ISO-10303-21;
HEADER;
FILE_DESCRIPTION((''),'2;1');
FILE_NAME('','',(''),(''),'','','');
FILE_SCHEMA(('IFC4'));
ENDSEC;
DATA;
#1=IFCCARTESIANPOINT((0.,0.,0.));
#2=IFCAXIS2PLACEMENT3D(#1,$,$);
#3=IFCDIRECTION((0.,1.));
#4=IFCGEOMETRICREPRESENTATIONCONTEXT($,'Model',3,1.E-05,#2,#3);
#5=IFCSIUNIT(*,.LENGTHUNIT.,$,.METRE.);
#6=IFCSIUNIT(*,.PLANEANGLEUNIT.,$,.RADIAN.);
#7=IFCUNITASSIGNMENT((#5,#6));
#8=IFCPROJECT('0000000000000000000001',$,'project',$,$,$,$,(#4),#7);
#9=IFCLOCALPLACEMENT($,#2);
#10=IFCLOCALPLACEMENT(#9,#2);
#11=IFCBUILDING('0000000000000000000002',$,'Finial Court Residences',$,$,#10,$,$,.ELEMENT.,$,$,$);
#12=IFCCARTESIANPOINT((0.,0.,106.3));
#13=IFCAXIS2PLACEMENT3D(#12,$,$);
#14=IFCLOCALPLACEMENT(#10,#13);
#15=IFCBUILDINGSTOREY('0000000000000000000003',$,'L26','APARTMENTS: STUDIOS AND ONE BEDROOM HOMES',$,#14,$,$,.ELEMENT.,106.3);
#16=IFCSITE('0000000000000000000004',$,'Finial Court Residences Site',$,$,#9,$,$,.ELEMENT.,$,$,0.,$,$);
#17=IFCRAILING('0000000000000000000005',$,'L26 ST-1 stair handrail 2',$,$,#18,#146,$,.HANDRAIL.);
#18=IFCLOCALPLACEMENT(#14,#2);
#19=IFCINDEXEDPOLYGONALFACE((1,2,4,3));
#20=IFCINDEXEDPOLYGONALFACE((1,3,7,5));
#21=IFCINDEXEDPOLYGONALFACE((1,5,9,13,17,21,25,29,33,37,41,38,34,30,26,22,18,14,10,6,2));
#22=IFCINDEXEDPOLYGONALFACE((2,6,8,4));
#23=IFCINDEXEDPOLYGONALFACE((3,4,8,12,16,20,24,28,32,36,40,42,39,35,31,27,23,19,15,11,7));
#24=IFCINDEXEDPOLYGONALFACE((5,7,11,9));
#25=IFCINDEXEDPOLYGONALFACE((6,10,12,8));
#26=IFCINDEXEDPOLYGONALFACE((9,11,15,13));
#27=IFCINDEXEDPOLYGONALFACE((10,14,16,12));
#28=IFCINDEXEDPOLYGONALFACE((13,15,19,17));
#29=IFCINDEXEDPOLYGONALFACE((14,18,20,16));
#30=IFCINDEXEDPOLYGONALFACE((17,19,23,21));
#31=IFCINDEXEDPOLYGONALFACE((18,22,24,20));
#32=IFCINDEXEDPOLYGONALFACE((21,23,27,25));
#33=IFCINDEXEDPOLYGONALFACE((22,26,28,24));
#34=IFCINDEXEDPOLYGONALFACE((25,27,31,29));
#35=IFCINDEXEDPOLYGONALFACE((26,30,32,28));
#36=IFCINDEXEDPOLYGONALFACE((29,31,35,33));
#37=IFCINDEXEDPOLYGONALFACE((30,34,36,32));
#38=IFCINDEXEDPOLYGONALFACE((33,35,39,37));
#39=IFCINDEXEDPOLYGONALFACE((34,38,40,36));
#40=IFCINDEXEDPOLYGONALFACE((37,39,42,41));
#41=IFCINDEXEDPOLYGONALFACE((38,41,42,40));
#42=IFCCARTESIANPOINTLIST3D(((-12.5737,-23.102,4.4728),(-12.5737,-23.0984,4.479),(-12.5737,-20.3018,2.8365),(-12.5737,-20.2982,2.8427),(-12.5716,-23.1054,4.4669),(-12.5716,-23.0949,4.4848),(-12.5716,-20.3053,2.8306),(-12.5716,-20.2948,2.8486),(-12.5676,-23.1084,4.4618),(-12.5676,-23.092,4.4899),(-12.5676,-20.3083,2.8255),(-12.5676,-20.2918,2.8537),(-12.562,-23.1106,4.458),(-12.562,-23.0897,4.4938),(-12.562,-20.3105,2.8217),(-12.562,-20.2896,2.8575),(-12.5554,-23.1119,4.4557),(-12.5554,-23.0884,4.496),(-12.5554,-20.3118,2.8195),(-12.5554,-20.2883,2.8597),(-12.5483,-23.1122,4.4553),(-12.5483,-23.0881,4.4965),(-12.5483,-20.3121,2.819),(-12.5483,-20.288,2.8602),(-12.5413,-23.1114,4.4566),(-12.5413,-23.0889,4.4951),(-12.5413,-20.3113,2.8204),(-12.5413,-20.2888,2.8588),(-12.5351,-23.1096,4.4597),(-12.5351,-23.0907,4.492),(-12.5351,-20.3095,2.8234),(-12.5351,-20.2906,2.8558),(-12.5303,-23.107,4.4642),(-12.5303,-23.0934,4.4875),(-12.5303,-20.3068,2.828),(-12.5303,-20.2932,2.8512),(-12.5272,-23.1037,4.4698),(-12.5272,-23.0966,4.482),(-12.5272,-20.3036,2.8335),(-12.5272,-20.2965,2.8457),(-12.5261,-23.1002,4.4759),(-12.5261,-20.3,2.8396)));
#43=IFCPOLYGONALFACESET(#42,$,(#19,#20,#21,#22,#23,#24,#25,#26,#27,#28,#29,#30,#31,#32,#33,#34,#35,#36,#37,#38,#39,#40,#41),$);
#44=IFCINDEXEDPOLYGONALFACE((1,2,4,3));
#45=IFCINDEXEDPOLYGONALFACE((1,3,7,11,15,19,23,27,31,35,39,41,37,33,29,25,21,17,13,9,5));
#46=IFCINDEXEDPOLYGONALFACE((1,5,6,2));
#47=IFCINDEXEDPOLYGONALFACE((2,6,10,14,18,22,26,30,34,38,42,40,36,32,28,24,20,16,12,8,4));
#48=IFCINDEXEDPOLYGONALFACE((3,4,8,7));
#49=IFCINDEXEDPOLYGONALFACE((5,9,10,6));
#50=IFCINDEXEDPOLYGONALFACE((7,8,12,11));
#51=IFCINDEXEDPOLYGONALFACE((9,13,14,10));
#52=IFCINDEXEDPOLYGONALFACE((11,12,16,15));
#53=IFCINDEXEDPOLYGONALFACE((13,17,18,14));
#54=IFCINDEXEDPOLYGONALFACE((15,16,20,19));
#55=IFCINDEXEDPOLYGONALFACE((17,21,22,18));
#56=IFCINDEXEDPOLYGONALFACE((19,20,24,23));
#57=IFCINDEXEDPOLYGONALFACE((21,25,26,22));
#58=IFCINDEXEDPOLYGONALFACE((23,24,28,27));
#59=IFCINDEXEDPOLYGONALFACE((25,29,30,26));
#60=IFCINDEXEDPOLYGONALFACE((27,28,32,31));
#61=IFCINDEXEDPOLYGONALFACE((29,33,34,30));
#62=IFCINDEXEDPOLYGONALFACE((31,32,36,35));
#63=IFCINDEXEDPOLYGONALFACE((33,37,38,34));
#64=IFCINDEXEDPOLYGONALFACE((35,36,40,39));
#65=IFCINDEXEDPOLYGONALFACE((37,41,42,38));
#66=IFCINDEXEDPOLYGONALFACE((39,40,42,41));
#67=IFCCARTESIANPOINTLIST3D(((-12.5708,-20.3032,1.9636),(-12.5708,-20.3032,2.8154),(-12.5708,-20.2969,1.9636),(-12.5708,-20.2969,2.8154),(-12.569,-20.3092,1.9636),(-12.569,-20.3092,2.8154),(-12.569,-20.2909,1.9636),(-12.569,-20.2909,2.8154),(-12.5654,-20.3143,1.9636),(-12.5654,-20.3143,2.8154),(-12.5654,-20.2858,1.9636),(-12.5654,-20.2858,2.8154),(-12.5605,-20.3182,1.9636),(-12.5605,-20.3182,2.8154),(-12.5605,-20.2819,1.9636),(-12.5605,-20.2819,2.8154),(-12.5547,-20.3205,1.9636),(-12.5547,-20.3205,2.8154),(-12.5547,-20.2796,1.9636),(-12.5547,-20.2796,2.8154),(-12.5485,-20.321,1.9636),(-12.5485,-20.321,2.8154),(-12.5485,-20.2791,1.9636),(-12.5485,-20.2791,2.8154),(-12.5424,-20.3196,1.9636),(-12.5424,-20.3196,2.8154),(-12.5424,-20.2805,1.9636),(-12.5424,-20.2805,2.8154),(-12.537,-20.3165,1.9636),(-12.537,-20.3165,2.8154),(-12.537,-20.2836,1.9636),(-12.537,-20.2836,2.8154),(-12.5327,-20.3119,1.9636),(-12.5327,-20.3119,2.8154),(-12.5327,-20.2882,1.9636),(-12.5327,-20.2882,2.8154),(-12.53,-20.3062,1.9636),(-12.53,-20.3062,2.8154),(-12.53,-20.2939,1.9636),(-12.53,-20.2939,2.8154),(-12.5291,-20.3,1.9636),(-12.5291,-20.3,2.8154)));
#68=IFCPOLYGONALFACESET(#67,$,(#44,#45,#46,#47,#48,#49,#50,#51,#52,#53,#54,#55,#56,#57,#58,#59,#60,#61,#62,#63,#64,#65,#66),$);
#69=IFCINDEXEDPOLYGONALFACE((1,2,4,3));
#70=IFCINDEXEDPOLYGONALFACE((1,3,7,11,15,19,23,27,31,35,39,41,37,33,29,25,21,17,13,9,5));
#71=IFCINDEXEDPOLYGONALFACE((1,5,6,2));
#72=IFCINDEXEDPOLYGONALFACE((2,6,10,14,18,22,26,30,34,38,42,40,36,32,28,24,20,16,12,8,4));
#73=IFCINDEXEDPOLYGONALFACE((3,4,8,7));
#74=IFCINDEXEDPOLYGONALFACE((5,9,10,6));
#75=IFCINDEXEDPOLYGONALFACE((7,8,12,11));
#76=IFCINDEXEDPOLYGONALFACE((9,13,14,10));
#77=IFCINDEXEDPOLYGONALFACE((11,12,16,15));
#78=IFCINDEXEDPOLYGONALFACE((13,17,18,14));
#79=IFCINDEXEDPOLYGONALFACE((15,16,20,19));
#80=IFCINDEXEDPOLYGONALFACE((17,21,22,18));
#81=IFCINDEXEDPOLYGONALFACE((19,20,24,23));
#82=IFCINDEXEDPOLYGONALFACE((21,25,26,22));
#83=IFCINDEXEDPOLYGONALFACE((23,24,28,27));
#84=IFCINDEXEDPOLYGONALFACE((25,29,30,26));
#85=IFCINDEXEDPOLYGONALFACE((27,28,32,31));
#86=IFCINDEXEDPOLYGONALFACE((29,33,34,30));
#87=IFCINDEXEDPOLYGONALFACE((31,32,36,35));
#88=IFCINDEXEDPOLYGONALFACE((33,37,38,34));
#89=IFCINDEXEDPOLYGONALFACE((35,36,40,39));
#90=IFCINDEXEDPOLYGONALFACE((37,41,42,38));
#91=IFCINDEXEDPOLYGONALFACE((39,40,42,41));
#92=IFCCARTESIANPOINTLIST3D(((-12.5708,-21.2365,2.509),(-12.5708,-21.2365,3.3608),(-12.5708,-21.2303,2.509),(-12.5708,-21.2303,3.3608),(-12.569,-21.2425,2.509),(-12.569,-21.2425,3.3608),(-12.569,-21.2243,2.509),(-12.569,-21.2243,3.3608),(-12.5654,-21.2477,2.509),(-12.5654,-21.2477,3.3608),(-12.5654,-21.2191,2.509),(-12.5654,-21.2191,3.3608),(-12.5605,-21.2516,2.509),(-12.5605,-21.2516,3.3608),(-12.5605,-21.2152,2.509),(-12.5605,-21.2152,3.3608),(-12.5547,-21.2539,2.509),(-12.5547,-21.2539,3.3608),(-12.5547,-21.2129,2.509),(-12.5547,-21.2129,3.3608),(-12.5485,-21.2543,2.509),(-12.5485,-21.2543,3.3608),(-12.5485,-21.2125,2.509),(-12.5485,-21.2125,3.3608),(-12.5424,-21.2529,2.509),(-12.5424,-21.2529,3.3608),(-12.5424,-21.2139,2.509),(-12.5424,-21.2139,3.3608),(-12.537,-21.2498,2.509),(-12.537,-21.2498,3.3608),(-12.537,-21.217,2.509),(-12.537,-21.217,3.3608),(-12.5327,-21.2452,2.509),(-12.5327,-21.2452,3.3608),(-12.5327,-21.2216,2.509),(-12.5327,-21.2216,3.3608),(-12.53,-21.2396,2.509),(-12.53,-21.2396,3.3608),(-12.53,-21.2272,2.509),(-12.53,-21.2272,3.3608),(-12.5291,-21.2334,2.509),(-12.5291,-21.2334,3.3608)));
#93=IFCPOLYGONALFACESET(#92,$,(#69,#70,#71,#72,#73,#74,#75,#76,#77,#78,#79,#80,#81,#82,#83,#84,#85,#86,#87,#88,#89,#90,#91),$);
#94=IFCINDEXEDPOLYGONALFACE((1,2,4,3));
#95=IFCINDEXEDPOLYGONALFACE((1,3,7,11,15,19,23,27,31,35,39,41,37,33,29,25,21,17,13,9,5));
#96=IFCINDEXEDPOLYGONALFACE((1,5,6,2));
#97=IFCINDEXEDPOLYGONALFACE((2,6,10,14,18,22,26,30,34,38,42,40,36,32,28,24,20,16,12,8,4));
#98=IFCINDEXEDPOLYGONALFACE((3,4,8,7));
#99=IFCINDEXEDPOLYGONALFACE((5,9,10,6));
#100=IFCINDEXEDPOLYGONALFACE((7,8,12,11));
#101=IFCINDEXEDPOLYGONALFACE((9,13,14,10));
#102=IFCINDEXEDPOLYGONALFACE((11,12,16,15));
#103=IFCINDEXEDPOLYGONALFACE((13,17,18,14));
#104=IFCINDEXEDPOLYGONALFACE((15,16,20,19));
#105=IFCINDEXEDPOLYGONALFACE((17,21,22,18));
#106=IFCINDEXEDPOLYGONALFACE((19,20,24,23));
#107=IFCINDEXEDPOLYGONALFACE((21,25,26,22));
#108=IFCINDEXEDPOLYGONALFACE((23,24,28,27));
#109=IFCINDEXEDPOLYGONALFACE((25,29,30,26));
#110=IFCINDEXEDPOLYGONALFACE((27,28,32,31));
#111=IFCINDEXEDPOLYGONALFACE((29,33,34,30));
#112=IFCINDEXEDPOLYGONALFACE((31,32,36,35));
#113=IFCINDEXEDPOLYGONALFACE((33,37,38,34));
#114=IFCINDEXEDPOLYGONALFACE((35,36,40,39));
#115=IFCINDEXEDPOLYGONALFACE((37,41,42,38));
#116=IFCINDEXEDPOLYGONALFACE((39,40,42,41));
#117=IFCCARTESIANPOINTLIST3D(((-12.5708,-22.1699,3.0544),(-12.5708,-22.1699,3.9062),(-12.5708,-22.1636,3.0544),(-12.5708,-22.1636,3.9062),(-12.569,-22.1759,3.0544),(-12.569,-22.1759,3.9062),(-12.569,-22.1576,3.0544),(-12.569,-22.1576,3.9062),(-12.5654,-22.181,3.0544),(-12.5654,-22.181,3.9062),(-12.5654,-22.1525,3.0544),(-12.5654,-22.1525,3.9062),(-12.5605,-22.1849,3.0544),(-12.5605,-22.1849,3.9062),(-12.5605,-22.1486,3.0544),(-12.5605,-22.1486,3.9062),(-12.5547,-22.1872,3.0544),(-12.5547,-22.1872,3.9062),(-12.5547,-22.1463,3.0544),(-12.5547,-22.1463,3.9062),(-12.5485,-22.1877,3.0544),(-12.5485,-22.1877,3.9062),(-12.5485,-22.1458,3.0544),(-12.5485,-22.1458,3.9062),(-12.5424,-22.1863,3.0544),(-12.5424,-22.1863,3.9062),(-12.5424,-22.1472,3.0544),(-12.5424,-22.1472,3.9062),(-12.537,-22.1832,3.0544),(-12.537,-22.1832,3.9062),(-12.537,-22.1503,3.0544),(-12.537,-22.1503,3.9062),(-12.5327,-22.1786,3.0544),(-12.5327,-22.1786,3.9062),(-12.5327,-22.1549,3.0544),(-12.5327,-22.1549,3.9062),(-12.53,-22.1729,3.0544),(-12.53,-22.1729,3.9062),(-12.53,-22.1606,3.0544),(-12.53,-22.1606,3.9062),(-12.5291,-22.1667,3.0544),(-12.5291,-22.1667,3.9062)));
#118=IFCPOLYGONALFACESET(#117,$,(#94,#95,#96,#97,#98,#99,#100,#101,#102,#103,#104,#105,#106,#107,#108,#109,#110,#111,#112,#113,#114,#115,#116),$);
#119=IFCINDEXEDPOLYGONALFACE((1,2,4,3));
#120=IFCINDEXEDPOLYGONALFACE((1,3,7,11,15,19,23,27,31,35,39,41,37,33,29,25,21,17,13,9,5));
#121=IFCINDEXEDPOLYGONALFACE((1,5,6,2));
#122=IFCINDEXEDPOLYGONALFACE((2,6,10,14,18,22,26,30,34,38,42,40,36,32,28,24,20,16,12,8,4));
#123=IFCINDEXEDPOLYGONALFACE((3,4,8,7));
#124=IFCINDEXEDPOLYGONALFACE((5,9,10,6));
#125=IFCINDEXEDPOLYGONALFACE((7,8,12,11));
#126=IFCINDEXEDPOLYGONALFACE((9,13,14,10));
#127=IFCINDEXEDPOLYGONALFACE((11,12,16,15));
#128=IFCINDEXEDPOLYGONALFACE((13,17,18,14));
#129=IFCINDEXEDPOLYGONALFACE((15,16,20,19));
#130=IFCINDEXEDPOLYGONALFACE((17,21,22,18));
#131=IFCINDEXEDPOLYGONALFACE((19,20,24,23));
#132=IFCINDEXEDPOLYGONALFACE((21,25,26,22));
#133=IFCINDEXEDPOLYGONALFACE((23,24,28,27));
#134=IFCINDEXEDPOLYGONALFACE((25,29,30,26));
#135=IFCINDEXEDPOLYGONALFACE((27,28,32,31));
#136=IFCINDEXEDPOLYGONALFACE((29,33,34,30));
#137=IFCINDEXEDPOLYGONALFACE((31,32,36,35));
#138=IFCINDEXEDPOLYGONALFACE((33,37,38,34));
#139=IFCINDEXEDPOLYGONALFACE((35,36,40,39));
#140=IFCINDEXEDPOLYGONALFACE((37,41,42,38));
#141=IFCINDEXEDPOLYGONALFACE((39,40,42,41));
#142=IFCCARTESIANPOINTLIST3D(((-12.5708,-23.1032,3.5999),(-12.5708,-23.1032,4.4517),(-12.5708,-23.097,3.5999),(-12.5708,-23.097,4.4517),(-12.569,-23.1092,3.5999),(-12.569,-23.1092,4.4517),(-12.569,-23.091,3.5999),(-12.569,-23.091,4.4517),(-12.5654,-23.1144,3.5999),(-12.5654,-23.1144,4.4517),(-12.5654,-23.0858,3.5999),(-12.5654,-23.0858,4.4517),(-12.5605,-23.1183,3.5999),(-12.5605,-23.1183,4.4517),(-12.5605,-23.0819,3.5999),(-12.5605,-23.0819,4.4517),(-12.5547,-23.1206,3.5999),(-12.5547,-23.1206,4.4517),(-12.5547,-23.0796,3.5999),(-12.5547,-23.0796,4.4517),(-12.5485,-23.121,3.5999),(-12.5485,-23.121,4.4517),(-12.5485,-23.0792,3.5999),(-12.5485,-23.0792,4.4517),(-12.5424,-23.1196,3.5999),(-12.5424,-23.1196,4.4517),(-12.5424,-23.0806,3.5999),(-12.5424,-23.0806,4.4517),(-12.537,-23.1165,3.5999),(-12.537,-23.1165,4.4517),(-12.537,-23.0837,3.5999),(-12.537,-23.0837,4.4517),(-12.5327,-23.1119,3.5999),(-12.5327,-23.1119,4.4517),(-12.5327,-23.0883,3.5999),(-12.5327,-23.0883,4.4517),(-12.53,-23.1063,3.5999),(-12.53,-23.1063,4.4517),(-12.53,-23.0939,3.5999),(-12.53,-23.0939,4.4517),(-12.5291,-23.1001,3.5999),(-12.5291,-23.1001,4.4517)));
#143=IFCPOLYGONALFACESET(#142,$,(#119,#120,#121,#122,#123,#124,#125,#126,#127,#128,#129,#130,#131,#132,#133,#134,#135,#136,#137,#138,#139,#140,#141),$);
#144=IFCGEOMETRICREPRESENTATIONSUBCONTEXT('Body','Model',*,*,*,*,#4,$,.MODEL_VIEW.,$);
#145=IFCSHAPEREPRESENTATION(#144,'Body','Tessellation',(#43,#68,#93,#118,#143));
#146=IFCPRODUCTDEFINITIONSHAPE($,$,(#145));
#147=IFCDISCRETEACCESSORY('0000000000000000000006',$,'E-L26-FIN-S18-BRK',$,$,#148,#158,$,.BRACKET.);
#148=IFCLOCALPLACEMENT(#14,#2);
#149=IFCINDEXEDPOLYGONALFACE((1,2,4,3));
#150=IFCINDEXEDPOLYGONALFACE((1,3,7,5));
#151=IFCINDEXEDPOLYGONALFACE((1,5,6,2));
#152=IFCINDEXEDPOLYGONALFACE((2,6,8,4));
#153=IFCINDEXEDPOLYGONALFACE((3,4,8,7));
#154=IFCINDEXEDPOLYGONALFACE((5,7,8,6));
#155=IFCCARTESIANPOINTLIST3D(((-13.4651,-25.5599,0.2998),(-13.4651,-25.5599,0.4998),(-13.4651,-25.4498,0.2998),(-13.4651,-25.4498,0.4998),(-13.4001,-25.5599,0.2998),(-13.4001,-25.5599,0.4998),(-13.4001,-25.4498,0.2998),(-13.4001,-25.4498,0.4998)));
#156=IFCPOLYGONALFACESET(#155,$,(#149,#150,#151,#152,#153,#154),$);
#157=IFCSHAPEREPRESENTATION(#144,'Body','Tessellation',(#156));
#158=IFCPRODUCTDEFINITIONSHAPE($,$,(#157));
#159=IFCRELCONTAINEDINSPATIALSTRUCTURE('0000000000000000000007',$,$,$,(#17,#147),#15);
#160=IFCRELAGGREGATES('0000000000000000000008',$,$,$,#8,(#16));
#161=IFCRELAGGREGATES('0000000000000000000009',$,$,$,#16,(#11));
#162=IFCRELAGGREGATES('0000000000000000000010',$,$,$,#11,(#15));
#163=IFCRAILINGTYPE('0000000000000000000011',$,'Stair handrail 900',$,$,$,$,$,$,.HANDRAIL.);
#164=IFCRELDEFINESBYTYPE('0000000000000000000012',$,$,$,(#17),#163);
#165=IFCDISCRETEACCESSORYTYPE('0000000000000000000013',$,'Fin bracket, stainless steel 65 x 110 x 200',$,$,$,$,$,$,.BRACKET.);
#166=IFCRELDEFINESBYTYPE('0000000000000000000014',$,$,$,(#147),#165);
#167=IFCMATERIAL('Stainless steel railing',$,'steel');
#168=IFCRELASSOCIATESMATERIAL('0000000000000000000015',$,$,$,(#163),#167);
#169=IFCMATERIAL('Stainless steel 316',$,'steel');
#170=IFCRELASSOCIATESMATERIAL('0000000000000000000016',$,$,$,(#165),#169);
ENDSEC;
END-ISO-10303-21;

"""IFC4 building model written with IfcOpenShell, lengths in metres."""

from ifc_helpers import new_model, si_unit, direction, frame, origin, origin_2d, place, context, subcontext, project, spatial, rectangle, circle, extrude, material, type_object, element, save


model = new_model("IFC4")

# Units and contexts
model_context = context("Model", 3, precision=1e-05, world=origin(), true_north=direction((0.0, 1.0)))
body_context = subcontext(model_context, "Body", "Model", "MODEL_VIEW")
ifc_project = project(units=[si_unit("LENGTHUNIT", "METRE"), si_unit("PLANEANGLEUNIT", "RADIAN")], contexts=[model_context])

# Site, building, storey
site_placement = place(None, origin())
site = spatial("IfcSite", under=ifc_project, at=site_placement, Name="Finial Court Residences Site", CompositionType="ELEMENT", RefElevation=0.0)
building_placement = place(site_placement, origin())
building = spatial("IfcBuilding", under=site, at=building_placement, Name="Finial Court Residences", CompositionType="ELEMENT")
storey_placement = place(building_placement, frame((0.0, 0.0, 106.3)))
storey = spatial("IfcBuildingStorey", under=building, at=storey_placement, Name="L26", Description="APARTMENTS: STUDIOS AND ONE BEDROOM HOMES", CompositionType="ELEMENT", Elevation=106.3)

# Railing
ifc_material_1 = material(Name="Stainless steel railing", Category="steel")
railing_type_1 = type_object("IfcRailingType", Name="Stair handrail 900", PredefinedType="HANDRAIL", material=ifc_material_1)
railing_1_placement = place(storey_placement, frame((-12.55, -20.3, 1.9636)))
element("IfcRailing", 1, at=railing_1_placement, inside=storey, type_object=railing_type_1, Name="L26 ST-1 stair handrail 2", PredefinedType="HANDRAIL", context=body_context, shape_type="SweptSolid", body=[
    extrude(circle(Radius=0.0239, at=origin_2d()), frame((0.0, 0.0, 0.876), z_axis=(0.0, -0.863394, 0.504531), x_axis=(1.0, 0.0, 0.0)), (0.0, 0.0, 1.0), 3.2432),
    extrude(circle(Radius=0.021, at=origin_2d()), origin(), (0.0, 0.0, 1.0), 0.8518),
    extrude(circle(Radius=0.021, at=origin_2d()), frame((0.0, -0.9333, 0.5454)), (0.0, 0.0, 1.0), 0.8518),
    extrude(circle(Radius=0.021, at=origin_2d()), frame((0.0, -1.8667, 1.0908)), (0.0, 0.0, 1.0), 0.8518),
    extrude(circle(Radius=0.021, at=origin_2d()), frame((0.0, -2.8, 1.6362)), (0.0, 0.0, 1.0), 0.8518),
])

# Discrete accessory
ifc_material_2 = material(Name="Stainless steel 316", Category="steel")
discrete_accessory_type = type_object("IfcDiscreteAccessoryType", Name="Fin bracket, stainless steel 65 x 110 x 200", PredefinedType="BRACKET", material=ifc_material_2)
discrete_accessory_placement = place(storey_placement, frame((-13.4326, -25.5049, 0.2998), z_axis=(0.0, 0.0, 1.0), x_axis=(1.0, 0.0, 0.0)))
element("IfcDiscreteAccessory", 2, at=discrete_accessory_placement, inside=storey, type_object=discrete_accessory_type, Name="E-L26-FIN-S18-BRK", PredefinedType="BRACKET", context=body_context, shape_type="SweptSolid", body=[
    extrude(rectangle(XDim=0.0649, YDim=0.1101, at=origin_2d()), origin(), (0.0, 0.0, 1.0), 0.2),
])

save(model, "model.ifc")
